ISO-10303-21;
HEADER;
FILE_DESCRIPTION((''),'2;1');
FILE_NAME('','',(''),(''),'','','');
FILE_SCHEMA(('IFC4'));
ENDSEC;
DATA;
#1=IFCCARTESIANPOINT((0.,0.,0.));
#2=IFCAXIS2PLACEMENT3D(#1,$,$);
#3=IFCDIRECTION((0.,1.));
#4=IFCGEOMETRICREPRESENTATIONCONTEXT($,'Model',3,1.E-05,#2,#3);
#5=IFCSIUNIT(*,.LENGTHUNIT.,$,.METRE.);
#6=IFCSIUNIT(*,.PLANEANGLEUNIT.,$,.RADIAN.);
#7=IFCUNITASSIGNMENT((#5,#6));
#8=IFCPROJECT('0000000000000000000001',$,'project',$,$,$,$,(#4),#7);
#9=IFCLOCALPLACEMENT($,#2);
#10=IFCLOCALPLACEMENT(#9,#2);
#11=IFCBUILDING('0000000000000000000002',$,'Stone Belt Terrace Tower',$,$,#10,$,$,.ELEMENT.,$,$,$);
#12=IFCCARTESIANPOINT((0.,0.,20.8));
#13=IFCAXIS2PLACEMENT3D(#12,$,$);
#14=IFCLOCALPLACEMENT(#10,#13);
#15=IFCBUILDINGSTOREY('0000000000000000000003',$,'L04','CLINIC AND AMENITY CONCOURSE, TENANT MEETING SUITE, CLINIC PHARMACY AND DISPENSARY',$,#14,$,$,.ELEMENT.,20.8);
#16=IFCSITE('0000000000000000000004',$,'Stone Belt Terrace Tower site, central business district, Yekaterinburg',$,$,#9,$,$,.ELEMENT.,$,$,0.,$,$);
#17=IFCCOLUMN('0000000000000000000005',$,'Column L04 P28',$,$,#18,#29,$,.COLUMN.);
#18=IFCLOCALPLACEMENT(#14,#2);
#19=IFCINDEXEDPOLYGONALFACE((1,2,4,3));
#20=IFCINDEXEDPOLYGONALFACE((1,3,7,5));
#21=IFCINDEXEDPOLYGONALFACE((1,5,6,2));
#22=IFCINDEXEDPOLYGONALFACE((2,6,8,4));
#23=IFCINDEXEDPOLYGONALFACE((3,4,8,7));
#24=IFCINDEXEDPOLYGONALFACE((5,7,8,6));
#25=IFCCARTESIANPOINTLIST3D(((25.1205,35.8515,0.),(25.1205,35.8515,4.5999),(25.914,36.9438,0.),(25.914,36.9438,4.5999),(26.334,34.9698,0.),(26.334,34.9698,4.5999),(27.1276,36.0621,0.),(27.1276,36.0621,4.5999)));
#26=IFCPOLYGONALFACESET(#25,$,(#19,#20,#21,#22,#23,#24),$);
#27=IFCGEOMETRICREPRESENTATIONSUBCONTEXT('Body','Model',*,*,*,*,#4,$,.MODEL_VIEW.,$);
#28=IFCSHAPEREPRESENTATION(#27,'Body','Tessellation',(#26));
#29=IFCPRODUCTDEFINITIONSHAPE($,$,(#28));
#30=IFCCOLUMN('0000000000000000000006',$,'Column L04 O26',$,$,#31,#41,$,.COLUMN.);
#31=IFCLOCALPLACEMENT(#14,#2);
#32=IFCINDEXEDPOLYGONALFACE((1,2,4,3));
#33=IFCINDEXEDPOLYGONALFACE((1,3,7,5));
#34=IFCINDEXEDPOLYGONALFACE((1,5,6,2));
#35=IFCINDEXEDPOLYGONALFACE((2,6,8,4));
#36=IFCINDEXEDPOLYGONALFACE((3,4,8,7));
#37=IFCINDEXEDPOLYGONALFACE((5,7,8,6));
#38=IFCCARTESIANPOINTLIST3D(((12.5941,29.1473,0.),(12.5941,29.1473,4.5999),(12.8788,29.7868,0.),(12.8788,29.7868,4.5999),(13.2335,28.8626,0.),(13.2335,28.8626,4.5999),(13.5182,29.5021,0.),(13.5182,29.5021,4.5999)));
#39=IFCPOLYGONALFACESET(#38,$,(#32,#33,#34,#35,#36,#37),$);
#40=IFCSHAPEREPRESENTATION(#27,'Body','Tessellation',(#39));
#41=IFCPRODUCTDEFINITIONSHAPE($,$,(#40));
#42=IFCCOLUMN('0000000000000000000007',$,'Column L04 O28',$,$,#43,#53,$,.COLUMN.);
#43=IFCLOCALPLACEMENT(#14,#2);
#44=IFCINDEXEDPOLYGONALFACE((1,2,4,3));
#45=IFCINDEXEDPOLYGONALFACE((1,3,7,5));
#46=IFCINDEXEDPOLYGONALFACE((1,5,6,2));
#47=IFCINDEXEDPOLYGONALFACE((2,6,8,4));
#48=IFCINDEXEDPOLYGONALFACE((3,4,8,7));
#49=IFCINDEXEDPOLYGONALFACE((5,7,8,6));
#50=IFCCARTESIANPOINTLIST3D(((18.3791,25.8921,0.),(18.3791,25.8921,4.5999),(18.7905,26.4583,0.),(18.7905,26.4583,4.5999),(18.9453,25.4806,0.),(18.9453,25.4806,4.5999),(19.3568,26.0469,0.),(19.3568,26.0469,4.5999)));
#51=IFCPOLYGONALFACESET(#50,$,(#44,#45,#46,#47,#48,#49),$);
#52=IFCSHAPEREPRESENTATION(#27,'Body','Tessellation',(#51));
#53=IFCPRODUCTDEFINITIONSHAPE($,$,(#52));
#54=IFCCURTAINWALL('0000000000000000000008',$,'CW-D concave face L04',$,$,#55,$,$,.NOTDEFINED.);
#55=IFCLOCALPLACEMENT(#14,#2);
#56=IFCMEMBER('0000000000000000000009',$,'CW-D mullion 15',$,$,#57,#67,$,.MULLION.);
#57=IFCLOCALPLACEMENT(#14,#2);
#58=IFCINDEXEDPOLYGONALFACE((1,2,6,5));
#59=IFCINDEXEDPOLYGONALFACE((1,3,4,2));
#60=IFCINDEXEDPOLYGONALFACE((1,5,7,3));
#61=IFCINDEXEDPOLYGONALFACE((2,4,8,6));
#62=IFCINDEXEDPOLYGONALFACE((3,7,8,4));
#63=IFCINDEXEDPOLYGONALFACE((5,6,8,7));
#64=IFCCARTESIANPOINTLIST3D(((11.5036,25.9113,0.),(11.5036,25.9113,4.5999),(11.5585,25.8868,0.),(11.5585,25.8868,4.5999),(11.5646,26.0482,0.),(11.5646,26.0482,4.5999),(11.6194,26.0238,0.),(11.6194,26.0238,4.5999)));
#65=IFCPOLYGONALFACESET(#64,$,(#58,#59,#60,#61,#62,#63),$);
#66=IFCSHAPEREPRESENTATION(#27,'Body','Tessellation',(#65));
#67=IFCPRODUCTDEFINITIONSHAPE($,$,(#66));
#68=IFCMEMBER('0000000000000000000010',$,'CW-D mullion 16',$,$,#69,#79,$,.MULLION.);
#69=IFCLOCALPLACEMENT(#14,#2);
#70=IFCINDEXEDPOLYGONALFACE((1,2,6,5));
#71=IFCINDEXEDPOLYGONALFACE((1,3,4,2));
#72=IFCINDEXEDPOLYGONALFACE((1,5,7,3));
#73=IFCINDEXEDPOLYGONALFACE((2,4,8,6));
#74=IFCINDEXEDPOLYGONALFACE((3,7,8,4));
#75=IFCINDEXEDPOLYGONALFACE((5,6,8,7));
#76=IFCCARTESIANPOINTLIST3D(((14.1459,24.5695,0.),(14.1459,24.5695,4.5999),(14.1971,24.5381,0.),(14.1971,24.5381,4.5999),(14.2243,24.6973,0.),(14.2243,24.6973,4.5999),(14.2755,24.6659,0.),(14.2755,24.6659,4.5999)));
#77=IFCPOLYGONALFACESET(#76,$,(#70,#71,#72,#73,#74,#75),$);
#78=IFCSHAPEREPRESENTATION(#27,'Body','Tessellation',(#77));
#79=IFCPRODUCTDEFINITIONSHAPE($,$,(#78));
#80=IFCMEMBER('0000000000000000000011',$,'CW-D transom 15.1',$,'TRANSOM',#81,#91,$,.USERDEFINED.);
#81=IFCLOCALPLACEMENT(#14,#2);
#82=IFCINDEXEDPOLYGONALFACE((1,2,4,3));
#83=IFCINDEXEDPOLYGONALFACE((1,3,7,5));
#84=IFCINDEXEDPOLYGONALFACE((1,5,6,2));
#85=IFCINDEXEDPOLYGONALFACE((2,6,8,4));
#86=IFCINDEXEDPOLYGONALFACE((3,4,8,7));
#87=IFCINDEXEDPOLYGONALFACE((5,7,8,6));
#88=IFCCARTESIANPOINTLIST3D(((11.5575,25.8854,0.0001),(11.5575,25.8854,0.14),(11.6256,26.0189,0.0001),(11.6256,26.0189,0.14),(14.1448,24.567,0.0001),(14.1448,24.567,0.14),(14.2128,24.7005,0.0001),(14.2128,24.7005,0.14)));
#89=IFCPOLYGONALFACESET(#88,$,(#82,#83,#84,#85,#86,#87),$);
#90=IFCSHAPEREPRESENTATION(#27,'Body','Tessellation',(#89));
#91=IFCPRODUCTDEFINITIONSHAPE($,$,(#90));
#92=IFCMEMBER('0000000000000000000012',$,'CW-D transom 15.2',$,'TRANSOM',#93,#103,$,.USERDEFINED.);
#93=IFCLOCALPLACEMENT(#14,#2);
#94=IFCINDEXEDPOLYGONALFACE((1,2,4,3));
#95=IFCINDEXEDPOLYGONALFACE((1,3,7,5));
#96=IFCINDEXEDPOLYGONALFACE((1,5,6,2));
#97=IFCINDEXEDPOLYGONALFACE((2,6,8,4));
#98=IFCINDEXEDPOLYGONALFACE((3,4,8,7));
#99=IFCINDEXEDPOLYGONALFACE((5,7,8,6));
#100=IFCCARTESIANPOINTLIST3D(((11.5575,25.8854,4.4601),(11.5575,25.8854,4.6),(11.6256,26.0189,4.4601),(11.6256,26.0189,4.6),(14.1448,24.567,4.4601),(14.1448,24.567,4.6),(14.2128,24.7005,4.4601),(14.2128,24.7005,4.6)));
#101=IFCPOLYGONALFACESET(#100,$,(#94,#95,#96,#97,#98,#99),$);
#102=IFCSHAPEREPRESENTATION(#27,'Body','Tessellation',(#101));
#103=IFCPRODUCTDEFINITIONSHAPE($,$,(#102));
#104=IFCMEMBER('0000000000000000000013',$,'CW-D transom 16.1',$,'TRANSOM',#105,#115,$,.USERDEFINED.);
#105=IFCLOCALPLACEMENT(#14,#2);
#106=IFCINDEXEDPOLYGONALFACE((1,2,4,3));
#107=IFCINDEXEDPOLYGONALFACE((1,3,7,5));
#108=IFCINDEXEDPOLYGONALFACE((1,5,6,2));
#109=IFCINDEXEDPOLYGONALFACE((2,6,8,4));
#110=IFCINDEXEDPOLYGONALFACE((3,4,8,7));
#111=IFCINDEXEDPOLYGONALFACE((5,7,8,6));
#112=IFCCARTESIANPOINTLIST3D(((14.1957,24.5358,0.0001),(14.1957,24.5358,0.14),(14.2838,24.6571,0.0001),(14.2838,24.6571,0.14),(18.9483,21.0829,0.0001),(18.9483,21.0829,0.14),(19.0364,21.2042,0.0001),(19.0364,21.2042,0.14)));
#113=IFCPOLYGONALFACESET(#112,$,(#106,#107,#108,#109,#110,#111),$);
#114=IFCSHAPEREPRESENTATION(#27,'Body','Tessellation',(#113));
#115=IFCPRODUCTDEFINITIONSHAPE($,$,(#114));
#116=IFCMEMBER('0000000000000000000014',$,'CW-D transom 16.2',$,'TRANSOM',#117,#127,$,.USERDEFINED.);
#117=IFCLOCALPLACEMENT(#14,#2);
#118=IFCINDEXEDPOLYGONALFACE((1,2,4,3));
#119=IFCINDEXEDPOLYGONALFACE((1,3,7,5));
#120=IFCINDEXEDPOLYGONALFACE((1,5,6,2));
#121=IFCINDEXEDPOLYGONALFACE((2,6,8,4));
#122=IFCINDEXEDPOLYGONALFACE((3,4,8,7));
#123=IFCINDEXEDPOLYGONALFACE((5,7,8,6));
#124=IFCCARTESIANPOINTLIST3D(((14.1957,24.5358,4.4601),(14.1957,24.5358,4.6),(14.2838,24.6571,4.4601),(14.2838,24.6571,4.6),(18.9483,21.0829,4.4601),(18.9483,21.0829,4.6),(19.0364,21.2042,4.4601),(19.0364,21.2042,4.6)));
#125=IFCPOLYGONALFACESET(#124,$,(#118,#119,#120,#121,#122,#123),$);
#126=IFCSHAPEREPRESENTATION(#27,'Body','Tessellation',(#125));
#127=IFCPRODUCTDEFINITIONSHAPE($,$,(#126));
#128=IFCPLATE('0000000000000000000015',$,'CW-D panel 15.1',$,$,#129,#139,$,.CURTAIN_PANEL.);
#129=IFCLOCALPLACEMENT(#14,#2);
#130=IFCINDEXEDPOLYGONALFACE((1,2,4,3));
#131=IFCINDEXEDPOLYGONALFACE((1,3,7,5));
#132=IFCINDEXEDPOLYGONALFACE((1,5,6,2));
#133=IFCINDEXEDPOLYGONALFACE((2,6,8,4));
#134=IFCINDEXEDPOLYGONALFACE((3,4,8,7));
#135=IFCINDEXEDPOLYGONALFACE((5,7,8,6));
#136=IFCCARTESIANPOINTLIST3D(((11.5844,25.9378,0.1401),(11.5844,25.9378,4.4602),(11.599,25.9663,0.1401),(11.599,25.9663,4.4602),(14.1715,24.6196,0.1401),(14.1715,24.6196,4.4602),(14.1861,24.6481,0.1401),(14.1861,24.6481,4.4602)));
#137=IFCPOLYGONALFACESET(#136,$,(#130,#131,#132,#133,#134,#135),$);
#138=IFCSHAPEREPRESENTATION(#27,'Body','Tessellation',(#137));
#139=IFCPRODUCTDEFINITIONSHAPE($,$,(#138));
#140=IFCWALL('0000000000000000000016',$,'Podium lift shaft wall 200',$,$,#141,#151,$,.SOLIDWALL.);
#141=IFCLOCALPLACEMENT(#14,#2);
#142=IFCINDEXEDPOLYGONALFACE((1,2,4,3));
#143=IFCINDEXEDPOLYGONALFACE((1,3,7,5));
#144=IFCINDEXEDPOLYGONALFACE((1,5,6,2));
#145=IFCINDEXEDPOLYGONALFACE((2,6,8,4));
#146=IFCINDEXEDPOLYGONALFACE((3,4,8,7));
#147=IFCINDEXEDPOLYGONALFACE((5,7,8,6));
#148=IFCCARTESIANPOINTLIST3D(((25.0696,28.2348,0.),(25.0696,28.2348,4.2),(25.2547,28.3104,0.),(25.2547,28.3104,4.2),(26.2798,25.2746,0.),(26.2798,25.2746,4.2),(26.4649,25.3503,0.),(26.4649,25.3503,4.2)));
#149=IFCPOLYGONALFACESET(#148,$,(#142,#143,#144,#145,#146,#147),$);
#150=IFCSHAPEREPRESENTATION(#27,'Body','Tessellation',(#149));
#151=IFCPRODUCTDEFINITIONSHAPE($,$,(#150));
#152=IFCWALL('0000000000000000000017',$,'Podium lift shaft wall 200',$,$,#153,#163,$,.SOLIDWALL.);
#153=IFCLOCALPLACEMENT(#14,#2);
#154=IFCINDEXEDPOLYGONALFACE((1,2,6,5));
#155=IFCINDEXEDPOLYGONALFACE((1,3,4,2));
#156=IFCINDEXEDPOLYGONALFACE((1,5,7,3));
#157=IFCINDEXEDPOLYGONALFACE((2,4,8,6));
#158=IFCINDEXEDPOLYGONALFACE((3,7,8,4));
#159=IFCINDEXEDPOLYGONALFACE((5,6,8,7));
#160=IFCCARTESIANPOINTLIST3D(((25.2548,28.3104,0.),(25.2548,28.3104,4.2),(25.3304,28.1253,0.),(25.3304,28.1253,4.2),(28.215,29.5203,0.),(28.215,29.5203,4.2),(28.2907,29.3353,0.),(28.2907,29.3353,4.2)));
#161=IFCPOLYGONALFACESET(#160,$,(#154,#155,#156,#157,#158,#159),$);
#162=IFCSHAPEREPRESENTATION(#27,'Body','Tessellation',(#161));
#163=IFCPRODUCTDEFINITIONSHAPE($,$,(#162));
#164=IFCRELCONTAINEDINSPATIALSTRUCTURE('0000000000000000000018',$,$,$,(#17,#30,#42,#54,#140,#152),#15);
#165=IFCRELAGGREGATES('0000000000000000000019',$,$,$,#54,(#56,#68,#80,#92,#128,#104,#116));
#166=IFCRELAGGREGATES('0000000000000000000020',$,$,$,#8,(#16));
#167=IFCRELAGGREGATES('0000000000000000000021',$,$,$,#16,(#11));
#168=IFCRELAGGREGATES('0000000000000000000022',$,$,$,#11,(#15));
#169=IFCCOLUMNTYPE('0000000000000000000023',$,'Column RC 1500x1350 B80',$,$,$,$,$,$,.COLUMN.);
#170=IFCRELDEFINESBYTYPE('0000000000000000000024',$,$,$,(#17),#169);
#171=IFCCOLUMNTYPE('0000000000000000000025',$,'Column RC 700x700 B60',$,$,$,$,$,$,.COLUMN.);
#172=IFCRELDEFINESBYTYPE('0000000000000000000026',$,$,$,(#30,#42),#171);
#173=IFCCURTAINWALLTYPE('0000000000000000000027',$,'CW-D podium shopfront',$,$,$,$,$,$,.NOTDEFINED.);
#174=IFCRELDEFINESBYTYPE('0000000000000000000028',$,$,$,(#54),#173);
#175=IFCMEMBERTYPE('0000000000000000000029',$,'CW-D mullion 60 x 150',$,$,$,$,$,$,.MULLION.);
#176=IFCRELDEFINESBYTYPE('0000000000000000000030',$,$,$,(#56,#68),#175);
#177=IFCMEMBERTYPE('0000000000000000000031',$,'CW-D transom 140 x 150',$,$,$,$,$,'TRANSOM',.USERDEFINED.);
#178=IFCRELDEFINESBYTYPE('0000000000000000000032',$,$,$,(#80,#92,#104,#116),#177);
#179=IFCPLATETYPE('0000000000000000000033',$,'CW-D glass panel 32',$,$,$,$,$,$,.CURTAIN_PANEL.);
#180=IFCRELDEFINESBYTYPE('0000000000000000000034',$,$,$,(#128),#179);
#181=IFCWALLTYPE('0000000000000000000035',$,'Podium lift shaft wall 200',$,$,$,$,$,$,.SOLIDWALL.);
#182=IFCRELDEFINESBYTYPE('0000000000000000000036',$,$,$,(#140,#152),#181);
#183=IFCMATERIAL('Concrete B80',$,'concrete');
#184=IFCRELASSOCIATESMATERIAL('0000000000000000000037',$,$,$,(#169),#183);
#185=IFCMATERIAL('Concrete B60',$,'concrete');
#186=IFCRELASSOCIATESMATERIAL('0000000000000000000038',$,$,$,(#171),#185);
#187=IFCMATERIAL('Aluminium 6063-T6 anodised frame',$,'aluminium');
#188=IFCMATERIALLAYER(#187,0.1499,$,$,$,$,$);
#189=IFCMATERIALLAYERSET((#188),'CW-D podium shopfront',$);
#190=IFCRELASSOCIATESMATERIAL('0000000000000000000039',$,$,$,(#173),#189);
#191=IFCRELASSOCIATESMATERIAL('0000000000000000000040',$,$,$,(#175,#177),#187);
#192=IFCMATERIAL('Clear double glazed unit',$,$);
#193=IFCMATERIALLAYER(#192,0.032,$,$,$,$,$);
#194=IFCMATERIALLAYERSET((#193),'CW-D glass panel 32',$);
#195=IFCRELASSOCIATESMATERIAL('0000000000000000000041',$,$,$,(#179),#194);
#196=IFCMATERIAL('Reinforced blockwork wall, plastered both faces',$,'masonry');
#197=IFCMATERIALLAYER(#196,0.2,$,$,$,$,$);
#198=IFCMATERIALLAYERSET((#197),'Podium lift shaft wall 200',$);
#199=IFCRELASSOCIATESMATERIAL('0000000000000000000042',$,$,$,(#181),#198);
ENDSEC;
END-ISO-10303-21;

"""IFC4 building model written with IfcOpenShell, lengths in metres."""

from ifc_helpers import new_model, si_unit, direction, frame, frame_2d, origin, origin_2d, place, context, subcontext, project, spatial, rectangle, extrude, material, layer, layer_set, material_profile, profile_set, type_object, element, aggregate, save


model = new_model("IFC4")

# Units and contexts
model_context = context("Model", 3, precision=1e-05, world=origin(), true_north=direction((0.0, 1.0)))
body_context = subcontext(model_context, "Body", "Model", "MODEL_VIEW")
ifc_project = project(units=[si_unit("LENGTHUNIT", "METRE"), si_unit("PLANEANGLEUNIT", "RADIAN")], contexts=[model_context])

# Site, building, storey
site_placement = place(None, origin())
site = spatial("IfcSite", under=ifc_project, at=site_placement, Name="Stone Belt Terrace Tower site, central business district, Yekaterinburg", CompositionType="ELEMENT", RefElevation=0.0)
building_placement = place(site_placement, origin())
building = spatial("IfcBuilding", under=site, at=building_placement, Name="Stone Belt Terrace Tower", CompositionType="ELEMENT")
storey_placement = place(building_placement, frame((0.0, 0.0, 20.8)))
storey = spatial("IfcBuildingStorey", under=building, at=storey_placement, Name="L04", Description="CLINIC AND AMENITY CONCOURSE, TENANT MEETING SUITE, CLINIC PHARMACY AND DISPENSARY", CompositionType="ELEMENT", Elevation=20.8)

# Columns
ifc_material_1 = material(Name="Concrete B80", Category="concrete")
ifc_material_profile_1 = material_profile(ifc_material_1, rectangle(XDim=1.5, YDim=1.3501, at=origin_2d()), Name="RC 1500x1350")
ifc_profile_set_1 = profile_set([ifc_material_profile_1], Name="Concrete B80")
column_type_1 = type_object("IfcColumnType", Name="Column RC 1500x1350 B80", PredefinedType="COLUMN", material=ifc_profile_set_1)
column_placement = place(storey_placement, frame((26.124, 35.9568, 0.0), z_axis=(0.0, 0.0, 1.0), x_axis=(0.809017, -0.587785, 0.0)))
element("IfcColumn", 1, at=column_placement, inside=storey, type_object=column_type_1, Name="Column L04 P28", PredefinedType="COLUMN", context=body_context, shape_type="SweptSolid", body=[
    extrude(rectangle(XDim=1.5, YDim=1.3501, at=origin_2d()), origin(), (0.0, 0.0, 1.0), 4.5999),
])
ifc_material_2 = material(Name="Concrete B60", Category="concrete")
ifc_material_profile_2 = material_profile(ifc_material_2, rectangle(XDim=0.7, YDim=0.7, at=origin_2d()), Name="RC 700x700")
ifc_profile_set_2 = profile_set([ifc_material_profile_2], Name="Concrete B60")
column_type_2 = type_object("IfcColumnType", Name="Column RC 700x700 B60", PredefinedType="COLUMN", material=ifc_profile_set_2)
for number, where, z_axis, x_axis, name in (
    (2, (13.0562, 29.3247, 0.0), (0.0, 0.0, 1.0), (0.913545, -0.406737, 0.0), "Column L04 O26"),
    (3, (18.8679, 25.9695, 0.0), (0.0, 0.0, 1.0), (0.809017, -0.587785, 0.0), "Column L04 O28"),
):
    element("IfcColumn", number, at=place(storey_placement, frame(where, z_axis=z_axis, x_axis=x_axis)), inside=storey, type_object=column_type_2, Name=name, PredefinedType="COLUMN", context=body_context, shape_type="SweptSolid", body=[
        extrude(rectangle(XDim=0.7, YDim=0.7, at=origin_2d()), origin(), (0.0, 0.0, 1.0), 4.5999),
    ])

# Curtain wall, members, plate
ifc_material_3 = material(Name="Aluminium 6063-T6 anodised frame", Category="aluminium")
ifc_layer_1 = layer(ifc_material_3, 0.1499)
ifc_layer_set_1 = layer_set([ifc_layer_1], Name="CW-D podium shopfront")
curtain_wall_type = type_object("IfcCurtainWallType", Name="CW-D podium shopfront", PredefinedType="NOTDEFINED", material=ifc_layer_set_1)
curtain_wall_placement = place(storey_placement, origin())
curtain_wall = element("IfcCurtainWall", 4, at=curtain_wall_placement, inside=storey, type_object=curtain_wall_type, Name="CW-D concave face L04", PredefinedType="NOTDEFINED")
ifc_material_profile_3 = material_profile(ifc_material_3, rectangle(XDim=0.1499, YDim=0.0601, at=origin_2d()), Name="Aluminium 6063-T6 60x150")
ifc_profile_set_3 = profile_set([ifc_material_profile_3], Name="Aluminium 6063-T6 anodised frame")
member_type_1 = type_object("IfcMemberType", Name="CW-D mullion 60 x 150", PredefinedType="MULLION", material=ifc_profile_set_3)
member_1_placement = place(storey_placement, frame((11.5615, 25.9675, 0.0), z_axis=(0.0, 0.0, 1.0), x_axis=(0.406737, 0.913545, 0.0)))
member_1 = element("IfcMember", 5, at=member_1_placement, type_object=member_type_1, Name="CW-D mullion 15", PredefinedType="MULLION", context=body_context, shape_type="SweptSolid", body=[
    extrude(rectangle(XDim=0.1499, YDim=0.0601, at=origin_2d()), origin(), (0.0, 0.0, 1.0), 4.5999),
])
member_2_placement = place(storey_placement, frame((14.2107, 24.6177, 0.0), z_axis=(0.0, 0.0, 1.0), x_axis=(0.522499, 0.85264, 0.0)))
member_2 = element("IfcMember", 6, at=member_2_placement, type_object=member_type_1, Name="CW-D mullion 16", PredefinedType="MULLION", context=body_context, shape_type="SweptSolid", body=[
    extrude(rectangle(XDim=0.1499, YDim=0.0601, at=origin_2d()), origin(), (0.0, 0.0, 1.0), 4.5999),
])
ifc_material_profile_4 = material_profile(ifc_material_3, rectangle(XDim=0.1499, YDim=0.1399, at=origin_2d()), Name="Aluminium 6063-T6 150x140")
ifc_profile_set_4 = profile_set([ifc_material_profile_4], Name="Aluminium 6063-T6 anodised frame")
member_type_2 = type_object("IfcMemberType", Name="CW-D transom 140 x 150", ElementType="TRANSOM", PredefinedType="USERDEFINED", material=ifc_profile_set_4)
member_3_placement = place(storey_placement, frame((11.5916, 25.9521, 0.0701), z_axis=(0.890988, -0.454028, 0.0), x_axis=(0.454028, 0.890988, 0.0)))
member_3 = element("IfcMember", 7, at=member_3_placement, type_object=member_type_2, Name="CW-D transom 15.1", ObjectType="TRANSOM", PredefinedType="USERDEFINED", context=body_context, shape_type="SweptSolid", body=[
    extrude(rectangle(XDim=0.1499, YDim=0.1399, at=origin_2d()), origin(), (0.0, 0.0, 1.0), 2.9038),
])
member_4_placement = place(storey_placement, frame((11.5916, 25.9521, 4.53), z_axis=(0.890988, -0.454028, 0.0), x_axis=(0.454028, 0.890988, 0.0)))
member_4 = element("IfcMember", 8, at=member_4_placement, type_object=member_type_2, Name="CW-D transom 15.2", ObjectType="TRANSOM", PredefinedType="USERDEFINED", context=body_context, shape_type="SweptSolid", body=[
    extrude(rectangle(XDim=0.1499, YDim=0.1399, at=origin_2d()), origin(), (0.0, 0.0, 1.0), 2.9038),
])
member_5_placement = place(storey_placement, frame((14.2397, 24.5964, 0.0701), z_axis=(0.809029, -0.587769, 0.0), x_axis=(0.587769, 0.809029, 0.0)))
member_5 = element("IfcMember", 9, at=member_5_placement, type_object=member_type_2, Name="CW-D transom 16.1", ObjectType="TRANSOM", PredefinedType="USERDEFINED", context=body_context, shape_type="SweptSolid", body=[
    extrude(rectangle(XDim=0.1499, YDim=0.1399, at=origin_2d()), origin(), (0.0, 0.0, 1.0), 5.8745),
])
member_6_placement = place(storey_placement, frame((14.2397, 24.5964, 4.53), z_axis=(0.809029, -0.587769, 0.0), x_axis=(0.587769, 0.809029, 0.0)))
member_6 = element("IfcMember", 10, at=member_6_placement, type_object=member_type_2, Name="CW-D transom 16.2", ObjectType="TRANSOM", PredefinedType="USERDEFINED", context=body_context, shape_type="SweptSolid", body=[
    extrude(rectangle(XDim=0.1499, YDim=0.1399, at=origin_2d()), origin(), (0.0, 0.0, 1.0), 5.8745),
])
ifc_material_4 = material(Name="Clear double glazed unit")
ifc_layer_2 = layer(ifc_material_4, 0.032)
ifc_layer_set_2 = layer_set([ifc_layer_2], Name="CW-D glass panel 32")
plate_type = type_object("IfcPlateType", Name="CW-D glass panel 32", PredefinedType="CURTAIN_PANEL", material=ifc_layer_set_2)
plate_placement = place(storey_placement, frame((12.8853, 25.293, 0.1401), z_axis=(0.0, 0.0, 1.0), x_axis=(0.891007, -0.45399, 0.0)))
plate = element("IfcPlate", 11, at=plate_placement, type_object=plate_type, Name="CW-D panel 15.1", PredefinedType="CURTAIN_PANEL", context=body_context, shape_type="SweptSolid", body=[
    extrude(rectangle(XDim=2.9036, YDim=0.032, at=origin_2d()), origin(), (0.0, 0.0, 1.0), 4.3201),
])
aggregate(curtain_wall, [member_1, member_2, member_3, member_4, plate, member_5, member_6])

# Walls
ifc_material_5 = material(Name="Reinforced blockwork wall, plastered both faces", Category="masonry")
ifc_layer_3 = layer(ifc_material_5, 0.2)
ifc_layer_set_3 = layer_set([ifc_layer_3], Name="Podium lift shaft wall 200")
wall_type_1 = type_object("IfcWallType", Name="Podium lift shaft wall 200", PredefinedType="SOLIDWALL", material=ifc_layer_set_3)
for number, where, z_axis, x_axis, name in (
    (12, (25.1621, 28.2727, 0.0), (0.0, 0.0, 1.0), (0.378422, -0.925633, 0.0), "Podium lift shaft wall 200"),
    (13, (25.2925, 28.2178, 0.0), (0.0, 0.0, 1.0), (0.92566, 0.378356, 0.0), "Podium lift shaft wall 200"),
):
    element("IfcWall", number, at=place(storey_placement, frame(where, z_axis=z_axis, x_axis=x_axis)), inside=storey, type_object=wall_type_1, Name=name, PredefinedType="SOLIDWALL", context=body_context, shape_type="SweptSolid", body=[
        extrude(rectangle(XDim=3.198, YDim=0.2, at=frame_2d((1.5991, 0.0))), origin(), (0.0, 0.0, 1.0), 4.2),
    ])

save(model, "model.ifc")
